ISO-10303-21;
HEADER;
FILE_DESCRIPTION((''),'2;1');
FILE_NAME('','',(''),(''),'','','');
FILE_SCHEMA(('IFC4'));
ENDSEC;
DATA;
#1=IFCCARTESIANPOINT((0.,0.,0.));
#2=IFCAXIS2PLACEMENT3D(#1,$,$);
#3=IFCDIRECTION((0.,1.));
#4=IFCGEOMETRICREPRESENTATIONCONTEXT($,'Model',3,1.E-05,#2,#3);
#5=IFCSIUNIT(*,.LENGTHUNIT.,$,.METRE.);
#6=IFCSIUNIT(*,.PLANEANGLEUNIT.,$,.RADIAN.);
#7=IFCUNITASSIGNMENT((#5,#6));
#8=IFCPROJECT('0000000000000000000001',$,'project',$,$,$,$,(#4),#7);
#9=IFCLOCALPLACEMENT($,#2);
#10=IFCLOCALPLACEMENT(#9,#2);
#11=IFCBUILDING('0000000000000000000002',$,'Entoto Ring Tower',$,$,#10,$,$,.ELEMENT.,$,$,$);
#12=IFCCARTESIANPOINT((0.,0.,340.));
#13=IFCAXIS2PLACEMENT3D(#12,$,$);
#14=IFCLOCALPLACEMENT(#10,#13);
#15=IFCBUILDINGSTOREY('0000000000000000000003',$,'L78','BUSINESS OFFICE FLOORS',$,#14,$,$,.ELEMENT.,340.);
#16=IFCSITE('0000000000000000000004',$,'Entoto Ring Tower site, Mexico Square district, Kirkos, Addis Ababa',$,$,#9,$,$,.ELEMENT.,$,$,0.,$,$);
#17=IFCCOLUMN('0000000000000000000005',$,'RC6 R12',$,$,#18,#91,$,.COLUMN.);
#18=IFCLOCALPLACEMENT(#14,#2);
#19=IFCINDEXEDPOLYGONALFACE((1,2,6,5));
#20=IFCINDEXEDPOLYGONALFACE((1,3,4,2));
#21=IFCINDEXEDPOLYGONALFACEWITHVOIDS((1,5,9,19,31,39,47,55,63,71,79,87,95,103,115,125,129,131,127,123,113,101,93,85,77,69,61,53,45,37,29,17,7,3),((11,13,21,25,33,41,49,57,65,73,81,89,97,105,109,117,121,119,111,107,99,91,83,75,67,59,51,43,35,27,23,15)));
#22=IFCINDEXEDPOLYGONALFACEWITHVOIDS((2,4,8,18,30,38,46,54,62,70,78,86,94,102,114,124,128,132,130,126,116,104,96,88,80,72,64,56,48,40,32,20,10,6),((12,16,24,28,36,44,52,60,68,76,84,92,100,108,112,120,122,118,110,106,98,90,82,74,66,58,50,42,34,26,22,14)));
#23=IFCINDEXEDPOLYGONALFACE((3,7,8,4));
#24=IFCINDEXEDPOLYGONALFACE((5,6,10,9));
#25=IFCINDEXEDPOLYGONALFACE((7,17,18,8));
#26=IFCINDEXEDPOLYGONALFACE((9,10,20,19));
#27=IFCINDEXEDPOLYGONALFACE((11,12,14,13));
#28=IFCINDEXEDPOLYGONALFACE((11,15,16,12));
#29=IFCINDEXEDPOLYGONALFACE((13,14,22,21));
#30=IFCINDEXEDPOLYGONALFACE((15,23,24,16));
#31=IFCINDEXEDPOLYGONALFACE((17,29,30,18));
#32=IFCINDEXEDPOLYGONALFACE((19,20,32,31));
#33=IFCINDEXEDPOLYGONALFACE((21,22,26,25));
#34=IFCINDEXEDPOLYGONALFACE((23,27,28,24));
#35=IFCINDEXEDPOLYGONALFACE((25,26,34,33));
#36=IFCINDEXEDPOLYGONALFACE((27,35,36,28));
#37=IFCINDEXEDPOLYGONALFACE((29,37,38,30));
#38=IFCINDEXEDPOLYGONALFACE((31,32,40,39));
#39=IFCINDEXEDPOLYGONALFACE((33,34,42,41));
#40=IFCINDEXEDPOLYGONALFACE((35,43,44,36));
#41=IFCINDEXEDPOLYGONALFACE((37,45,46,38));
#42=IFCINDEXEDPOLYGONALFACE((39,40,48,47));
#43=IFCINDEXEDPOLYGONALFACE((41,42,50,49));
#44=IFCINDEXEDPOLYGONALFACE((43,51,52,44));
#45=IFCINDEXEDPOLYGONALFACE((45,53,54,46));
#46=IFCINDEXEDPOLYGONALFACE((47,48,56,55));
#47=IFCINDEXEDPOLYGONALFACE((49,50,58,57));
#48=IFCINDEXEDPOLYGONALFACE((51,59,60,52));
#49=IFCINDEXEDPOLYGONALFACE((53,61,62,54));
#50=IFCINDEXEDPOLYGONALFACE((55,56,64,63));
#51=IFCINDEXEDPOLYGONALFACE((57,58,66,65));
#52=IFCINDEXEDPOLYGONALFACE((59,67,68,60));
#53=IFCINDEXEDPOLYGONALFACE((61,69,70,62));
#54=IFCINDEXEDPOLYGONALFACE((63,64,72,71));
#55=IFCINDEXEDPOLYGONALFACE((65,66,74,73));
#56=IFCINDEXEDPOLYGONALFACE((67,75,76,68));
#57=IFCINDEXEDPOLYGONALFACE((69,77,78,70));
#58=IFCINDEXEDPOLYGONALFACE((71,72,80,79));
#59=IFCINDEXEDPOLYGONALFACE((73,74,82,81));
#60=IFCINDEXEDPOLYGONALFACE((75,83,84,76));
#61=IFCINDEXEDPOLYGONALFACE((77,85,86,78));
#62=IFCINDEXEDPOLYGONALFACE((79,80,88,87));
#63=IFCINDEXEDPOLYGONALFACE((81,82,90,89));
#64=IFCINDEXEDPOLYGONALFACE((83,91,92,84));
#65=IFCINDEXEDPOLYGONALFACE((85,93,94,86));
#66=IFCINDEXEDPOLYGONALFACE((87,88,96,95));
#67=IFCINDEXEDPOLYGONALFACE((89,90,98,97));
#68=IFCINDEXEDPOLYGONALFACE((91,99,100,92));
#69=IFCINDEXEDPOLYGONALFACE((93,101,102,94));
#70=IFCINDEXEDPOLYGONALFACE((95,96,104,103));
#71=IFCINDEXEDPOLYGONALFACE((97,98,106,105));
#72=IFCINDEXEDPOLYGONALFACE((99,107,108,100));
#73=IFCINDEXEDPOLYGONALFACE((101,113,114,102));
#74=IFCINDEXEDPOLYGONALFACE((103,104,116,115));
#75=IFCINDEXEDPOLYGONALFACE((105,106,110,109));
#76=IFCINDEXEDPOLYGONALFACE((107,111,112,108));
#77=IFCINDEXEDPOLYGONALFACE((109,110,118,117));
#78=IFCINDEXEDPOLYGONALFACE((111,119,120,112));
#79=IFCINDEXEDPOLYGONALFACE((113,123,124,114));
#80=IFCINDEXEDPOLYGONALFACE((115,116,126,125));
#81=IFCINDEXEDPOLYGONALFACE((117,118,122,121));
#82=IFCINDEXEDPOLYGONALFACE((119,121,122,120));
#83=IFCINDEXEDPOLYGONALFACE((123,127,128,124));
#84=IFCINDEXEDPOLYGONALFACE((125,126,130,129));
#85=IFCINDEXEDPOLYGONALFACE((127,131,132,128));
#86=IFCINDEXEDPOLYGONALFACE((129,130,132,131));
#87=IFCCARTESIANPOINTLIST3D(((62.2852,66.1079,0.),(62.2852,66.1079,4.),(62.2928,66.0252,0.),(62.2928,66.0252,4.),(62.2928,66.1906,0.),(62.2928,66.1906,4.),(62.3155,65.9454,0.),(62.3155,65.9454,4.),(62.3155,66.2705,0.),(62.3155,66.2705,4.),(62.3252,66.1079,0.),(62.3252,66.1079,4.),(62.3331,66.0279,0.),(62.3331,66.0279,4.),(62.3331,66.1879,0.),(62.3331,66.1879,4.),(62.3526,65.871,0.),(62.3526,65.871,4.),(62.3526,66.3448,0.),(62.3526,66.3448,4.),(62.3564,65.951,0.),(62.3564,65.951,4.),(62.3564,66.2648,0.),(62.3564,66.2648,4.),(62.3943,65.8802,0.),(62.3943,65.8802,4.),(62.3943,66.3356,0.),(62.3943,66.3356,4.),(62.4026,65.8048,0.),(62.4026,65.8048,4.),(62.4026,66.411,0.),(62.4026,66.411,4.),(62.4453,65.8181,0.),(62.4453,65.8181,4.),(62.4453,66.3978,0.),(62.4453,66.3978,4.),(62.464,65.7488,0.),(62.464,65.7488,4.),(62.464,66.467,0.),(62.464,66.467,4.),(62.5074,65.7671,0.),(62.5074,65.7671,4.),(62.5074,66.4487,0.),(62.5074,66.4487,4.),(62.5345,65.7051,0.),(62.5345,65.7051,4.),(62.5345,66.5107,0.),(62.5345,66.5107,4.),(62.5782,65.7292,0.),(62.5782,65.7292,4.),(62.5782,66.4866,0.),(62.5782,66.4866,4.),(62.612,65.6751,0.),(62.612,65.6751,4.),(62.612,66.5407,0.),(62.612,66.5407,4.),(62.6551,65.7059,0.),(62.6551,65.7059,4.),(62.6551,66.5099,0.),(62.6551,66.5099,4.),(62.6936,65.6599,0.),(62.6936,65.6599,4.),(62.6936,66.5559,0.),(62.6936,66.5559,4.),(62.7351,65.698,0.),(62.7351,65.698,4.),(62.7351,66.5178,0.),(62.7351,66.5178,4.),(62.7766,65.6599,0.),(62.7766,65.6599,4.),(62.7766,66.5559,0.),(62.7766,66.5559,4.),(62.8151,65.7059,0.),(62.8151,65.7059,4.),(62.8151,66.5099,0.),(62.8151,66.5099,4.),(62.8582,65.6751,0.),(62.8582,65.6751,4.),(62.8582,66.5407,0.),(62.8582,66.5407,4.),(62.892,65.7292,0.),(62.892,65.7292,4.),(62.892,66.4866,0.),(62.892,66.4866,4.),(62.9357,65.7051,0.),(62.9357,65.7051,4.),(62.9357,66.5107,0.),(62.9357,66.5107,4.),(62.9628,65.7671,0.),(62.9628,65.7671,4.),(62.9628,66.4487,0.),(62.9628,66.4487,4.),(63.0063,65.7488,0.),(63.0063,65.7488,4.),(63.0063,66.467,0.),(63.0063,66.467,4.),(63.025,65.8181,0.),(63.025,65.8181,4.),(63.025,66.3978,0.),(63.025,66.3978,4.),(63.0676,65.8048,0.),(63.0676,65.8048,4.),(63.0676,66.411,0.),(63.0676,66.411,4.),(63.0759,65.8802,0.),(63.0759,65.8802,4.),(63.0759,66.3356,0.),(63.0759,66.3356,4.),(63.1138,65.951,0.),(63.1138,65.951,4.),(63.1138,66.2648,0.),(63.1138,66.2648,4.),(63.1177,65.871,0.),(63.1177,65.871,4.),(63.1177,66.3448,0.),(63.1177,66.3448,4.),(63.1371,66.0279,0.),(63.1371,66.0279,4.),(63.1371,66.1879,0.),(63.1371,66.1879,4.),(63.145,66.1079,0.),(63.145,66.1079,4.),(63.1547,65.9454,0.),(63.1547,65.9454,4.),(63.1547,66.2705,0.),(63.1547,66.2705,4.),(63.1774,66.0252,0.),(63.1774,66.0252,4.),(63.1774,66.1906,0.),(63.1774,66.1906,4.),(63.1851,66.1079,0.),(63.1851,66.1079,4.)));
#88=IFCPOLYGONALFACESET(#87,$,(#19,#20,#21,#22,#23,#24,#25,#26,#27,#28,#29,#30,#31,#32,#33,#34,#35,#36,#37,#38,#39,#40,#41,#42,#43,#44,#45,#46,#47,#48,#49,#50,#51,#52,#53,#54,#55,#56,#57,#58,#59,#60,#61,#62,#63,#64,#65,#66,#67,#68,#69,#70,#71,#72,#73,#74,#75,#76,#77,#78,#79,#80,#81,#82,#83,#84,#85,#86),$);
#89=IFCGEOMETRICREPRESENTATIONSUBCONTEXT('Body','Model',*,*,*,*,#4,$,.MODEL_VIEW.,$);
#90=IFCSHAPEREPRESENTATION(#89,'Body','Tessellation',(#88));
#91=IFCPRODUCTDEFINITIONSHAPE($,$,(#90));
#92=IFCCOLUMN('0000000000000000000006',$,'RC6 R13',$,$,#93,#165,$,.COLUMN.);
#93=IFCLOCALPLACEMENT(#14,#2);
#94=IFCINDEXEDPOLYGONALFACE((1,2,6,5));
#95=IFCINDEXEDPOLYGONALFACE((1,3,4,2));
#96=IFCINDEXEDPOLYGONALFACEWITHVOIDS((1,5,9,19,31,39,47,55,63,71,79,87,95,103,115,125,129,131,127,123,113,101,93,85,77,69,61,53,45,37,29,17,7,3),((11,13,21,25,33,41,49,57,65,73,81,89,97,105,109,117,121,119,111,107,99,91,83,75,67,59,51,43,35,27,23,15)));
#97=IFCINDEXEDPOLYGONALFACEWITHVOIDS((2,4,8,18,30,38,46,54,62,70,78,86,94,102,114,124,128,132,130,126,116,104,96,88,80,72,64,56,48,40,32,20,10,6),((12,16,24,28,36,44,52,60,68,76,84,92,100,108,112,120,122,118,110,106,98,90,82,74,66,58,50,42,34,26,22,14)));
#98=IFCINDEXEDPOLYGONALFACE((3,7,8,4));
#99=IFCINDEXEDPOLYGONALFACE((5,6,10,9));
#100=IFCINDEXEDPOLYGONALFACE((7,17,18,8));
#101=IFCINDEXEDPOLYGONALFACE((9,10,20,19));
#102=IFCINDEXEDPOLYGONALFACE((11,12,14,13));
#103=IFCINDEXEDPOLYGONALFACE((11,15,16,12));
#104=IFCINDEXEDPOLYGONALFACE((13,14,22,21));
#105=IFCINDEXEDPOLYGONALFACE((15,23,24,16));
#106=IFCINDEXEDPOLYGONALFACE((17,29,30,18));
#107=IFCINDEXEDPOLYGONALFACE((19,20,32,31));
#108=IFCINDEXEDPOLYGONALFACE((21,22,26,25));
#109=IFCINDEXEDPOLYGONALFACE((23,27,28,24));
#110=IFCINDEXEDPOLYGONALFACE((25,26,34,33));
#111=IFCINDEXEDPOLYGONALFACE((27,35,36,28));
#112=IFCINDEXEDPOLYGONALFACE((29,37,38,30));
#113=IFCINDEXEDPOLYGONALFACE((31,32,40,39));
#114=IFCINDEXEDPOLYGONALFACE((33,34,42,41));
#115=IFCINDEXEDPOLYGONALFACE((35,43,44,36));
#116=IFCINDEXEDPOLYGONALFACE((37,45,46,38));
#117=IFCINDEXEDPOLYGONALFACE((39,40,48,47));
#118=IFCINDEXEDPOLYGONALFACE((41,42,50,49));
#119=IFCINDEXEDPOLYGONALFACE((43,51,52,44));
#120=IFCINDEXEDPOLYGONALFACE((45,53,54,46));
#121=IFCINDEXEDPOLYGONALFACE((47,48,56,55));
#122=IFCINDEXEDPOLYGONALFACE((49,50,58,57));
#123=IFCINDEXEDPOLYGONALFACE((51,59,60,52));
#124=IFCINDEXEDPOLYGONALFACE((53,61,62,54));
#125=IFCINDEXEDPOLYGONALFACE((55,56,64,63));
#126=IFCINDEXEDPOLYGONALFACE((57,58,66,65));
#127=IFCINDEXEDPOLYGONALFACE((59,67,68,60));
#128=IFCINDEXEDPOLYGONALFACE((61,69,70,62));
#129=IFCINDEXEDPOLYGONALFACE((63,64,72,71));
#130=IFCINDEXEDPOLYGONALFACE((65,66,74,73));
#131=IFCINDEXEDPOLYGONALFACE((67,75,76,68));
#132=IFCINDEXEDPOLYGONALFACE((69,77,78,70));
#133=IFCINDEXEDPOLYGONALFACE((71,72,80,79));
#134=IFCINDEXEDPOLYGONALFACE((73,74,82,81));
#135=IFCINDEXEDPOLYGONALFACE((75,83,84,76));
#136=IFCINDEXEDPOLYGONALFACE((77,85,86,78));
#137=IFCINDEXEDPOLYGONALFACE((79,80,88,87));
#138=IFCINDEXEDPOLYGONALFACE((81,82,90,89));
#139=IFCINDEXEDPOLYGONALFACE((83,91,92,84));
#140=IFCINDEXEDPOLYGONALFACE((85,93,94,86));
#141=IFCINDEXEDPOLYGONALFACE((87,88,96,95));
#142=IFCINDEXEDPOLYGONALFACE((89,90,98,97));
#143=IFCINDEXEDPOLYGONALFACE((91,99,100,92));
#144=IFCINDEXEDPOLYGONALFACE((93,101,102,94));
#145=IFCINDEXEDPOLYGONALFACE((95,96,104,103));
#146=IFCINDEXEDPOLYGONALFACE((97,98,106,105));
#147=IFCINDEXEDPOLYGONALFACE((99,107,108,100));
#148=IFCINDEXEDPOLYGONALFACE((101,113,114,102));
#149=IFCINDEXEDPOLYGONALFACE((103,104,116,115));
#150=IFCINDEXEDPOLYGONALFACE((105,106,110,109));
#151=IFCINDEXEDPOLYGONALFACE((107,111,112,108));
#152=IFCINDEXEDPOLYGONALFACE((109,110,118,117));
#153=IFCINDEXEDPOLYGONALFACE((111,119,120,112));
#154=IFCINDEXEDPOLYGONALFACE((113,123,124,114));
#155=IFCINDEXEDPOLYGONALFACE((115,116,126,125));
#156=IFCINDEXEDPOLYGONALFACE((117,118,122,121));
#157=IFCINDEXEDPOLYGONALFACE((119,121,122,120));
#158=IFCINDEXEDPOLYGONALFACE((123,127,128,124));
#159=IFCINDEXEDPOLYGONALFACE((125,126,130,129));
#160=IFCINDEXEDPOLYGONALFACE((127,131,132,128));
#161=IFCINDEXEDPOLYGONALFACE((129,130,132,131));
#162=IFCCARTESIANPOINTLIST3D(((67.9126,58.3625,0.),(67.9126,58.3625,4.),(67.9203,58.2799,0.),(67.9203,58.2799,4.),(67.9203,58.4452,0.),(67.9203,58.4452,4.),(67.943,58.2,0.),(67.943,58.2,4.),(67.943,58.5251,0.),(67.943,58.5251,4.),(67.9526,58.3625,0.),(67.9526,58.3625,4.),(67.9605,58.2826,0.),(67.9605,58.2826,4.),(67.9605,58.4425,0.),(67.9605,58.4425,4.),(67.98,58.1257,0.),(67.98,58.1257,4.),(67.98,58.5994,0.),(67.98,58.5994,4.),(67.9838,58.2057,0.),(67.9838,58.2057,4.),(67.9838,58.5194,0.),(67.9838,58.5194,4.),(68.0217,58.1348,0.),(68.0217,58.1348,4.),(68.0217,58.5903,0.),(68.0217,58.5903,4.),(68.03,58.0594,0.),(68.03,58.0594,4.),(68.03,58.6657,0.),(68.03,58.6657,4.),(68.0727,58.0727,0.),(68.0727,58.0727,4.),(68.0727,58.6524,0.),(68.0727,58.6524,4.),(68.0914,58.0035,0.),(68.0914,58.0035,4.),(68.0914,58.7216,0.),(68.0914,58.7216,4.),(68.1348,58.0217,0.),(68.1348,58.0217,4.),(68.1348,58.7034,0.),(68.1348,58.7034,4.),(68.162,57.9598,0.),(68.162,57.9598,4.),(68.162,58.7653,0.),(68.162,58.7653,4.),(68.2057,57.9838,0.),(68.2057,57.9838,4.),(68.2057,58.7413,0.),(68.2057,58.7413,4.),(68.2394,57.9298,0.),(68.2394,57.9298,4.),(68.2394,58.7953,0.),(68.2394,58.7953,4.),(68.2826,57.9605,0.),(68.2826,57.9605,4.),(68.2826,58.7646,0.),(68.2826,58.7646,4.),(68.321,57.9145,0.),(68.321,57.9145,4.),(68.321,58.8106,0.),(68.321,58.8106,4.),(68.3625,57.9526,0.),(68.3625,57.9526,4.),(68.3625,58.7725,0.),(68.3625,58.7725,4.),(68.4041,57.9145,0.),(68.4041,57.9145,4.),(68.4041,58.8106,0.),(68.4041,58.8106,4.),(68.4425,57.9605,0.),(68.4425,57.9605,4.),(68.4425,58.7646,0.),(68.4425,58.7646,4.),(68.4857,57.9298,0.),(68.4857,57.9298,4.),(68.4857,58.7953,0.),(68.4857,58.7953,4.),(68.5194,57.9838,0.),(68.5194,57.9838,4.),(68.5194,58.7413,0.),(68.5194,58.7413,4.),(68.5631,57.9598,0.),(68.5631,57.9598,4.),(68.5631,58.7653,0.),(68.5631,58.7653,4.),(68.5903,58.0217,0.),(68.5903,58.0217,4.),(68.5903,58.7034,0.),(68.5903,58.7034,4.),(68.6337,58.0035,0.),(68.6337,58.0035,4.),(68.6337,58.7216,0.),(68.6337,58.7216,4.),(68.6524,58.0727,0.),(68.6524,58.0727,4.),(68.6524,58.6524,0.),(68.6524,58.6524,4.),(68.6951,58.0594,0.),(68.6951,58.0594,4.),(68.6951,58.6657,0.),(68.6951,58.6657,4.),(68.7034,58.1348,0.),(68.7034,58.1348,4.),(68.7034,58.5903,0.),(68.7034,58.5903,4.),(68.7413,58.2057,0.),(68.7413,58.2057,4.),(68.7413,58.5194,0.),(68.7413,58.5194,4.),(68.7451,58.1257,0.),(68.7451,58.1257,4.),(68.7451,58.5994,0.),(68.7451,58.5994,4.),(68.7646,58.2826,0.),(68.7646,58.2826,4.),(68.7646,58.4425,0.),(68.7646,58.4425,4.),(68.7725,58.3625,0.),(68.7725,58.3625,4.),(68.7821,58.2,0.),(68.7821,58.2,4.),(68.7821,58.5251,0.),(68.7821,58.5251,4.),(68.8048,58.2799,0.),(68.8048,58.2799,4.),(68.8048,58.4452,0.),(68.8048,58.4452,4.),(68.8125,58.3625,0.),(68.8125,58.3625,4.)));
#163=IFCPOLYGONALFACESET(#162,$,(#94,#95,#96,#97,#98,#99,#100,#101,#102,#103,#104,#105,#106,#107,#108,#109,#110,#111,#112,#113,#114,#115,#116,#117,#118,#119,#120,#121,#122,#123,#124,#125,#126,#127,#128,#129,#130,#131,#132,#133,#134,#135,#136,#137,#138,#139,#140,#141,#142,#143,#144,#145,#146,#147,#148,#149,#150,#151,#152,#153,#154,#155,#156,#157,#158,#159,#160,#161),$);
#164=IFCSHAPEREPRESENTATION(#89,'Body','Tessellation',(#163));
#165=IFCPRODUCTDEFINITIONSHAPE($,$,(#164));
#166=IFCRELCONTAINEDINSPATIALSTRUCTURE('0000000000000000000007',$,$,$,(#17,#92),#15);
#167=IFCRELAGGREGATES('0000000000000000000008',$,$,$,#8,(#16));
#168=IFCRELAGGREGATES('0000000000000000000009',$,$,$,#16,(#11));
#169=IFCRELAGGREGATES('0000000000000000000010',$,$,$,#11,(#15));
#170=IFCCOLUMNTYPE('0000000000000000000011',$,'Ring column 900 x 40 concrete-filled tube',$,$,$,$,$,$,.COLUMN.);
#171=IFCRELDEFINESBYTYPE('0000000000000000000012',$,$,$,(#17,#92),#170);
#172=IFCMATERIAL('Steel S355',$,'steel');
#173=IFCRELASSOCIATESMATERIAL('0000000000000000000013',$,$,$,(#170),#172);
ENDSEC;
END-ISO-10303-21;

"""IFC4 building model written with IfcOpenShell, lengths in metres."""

from ifc_helpers import new_model, si_unit, direction, frame, origin, origin_2d, place, context, subcontext, project, spatial, circle, hollow_circle, extrude, material, material_profile, profile_set, type_object, element, save


model = new_model("IFC4")

# Units and contexts
model_context = context("Model", 3, precision=1e-05, world=origin(), true_north=direction((0.0, 1.0)))
body_context = subcontext(model_context, "Body", "Model", "MODEL_VIEW")
ifc_project = project(units=[si_unit("LENGTHUNIT", "METRE"), si_unit("PLANEANGLEUNIT", "RADIAN")], contexts=[model_context])

# Site, building, storey
site_placement = place(None, origin())
site = spatial("IfcSite", under=ifc_project, at=site_placement, Name="Entoto Ring Tower site, Mexico Square district, Kirkos, Addis Ababa", CompositionType="ELEMENT", RefElevation=0.0)
building_placement = place(site_placement, origin())
building = spatial("IfcBuilding", under=site, at=building_placement, Name="Entoto Ring Tower", CompositionType="ELEMENT")
storey_placement = place(building_placement, frame((0.0, 0.0, 340.0)))
storey = spatial("IfcBuildingStorey", under=building, at=storey_placement, Name="L78", Description="BUSINESS OFFICE FLOORS", CompositionType="ELEMENT", Elevation=340.0)

# Columns
ifc_material_1 = material(Name="Steel S355", Category="steel")
ifc_material_profile_1 = material_profile(ifc_material_1, hollow_circle(Radius=0.45, WallThickness=0.04, at=origin_2d()), Name="CHS 900 x 40")
ifc_material_2 = material(Name="Concrete C60/75", Category="concrete")
ifc_material_profile_2 = material_profile(ifc_material_2, circle(Radius=0.4099, at=origin_2d()), Name="Concrete C60/75 infill")
ifc_profile_set_1 = profile_set([ifc_material_profile_1, ifc_material_profile_2], Name="Steel S355")
column_type = type_object("IfcColumnType", Name="Ring column 900 x 40 concrete-filled tube", PredefinedType="COLUMN", material=ifc_profile_set_1)
for number, where, z_axis, x_axis, name in (
    (1, (62.7351, 66.1079, 0.0), (0.0, 0.0, 1.0), (1.0, 0.0, 0.0), "RC6 R12"),
    (2, (68.3625, 58.3625, 0.0), (0.0, 0.0, 1.0), (1.0, 0.0, 0.0), "RC6 R13"),
):
    element("IfcColumn", number, at=place(storey_placement, frame(where, z_axis=z_axis, x_axis=x_axis)), inside=storey, type_object=column_type, Name=name, PredefinedType="COLUMN", context=body_context, shape_type="SweptSolid", body=[
        extrude(hollow_circle(Radius=0.45, WallThickness=0.04, at=origin_2d()), origin(), (0.0, 0.0, 1.0), 4.0),
    ])

save(model, "model.ifc")
